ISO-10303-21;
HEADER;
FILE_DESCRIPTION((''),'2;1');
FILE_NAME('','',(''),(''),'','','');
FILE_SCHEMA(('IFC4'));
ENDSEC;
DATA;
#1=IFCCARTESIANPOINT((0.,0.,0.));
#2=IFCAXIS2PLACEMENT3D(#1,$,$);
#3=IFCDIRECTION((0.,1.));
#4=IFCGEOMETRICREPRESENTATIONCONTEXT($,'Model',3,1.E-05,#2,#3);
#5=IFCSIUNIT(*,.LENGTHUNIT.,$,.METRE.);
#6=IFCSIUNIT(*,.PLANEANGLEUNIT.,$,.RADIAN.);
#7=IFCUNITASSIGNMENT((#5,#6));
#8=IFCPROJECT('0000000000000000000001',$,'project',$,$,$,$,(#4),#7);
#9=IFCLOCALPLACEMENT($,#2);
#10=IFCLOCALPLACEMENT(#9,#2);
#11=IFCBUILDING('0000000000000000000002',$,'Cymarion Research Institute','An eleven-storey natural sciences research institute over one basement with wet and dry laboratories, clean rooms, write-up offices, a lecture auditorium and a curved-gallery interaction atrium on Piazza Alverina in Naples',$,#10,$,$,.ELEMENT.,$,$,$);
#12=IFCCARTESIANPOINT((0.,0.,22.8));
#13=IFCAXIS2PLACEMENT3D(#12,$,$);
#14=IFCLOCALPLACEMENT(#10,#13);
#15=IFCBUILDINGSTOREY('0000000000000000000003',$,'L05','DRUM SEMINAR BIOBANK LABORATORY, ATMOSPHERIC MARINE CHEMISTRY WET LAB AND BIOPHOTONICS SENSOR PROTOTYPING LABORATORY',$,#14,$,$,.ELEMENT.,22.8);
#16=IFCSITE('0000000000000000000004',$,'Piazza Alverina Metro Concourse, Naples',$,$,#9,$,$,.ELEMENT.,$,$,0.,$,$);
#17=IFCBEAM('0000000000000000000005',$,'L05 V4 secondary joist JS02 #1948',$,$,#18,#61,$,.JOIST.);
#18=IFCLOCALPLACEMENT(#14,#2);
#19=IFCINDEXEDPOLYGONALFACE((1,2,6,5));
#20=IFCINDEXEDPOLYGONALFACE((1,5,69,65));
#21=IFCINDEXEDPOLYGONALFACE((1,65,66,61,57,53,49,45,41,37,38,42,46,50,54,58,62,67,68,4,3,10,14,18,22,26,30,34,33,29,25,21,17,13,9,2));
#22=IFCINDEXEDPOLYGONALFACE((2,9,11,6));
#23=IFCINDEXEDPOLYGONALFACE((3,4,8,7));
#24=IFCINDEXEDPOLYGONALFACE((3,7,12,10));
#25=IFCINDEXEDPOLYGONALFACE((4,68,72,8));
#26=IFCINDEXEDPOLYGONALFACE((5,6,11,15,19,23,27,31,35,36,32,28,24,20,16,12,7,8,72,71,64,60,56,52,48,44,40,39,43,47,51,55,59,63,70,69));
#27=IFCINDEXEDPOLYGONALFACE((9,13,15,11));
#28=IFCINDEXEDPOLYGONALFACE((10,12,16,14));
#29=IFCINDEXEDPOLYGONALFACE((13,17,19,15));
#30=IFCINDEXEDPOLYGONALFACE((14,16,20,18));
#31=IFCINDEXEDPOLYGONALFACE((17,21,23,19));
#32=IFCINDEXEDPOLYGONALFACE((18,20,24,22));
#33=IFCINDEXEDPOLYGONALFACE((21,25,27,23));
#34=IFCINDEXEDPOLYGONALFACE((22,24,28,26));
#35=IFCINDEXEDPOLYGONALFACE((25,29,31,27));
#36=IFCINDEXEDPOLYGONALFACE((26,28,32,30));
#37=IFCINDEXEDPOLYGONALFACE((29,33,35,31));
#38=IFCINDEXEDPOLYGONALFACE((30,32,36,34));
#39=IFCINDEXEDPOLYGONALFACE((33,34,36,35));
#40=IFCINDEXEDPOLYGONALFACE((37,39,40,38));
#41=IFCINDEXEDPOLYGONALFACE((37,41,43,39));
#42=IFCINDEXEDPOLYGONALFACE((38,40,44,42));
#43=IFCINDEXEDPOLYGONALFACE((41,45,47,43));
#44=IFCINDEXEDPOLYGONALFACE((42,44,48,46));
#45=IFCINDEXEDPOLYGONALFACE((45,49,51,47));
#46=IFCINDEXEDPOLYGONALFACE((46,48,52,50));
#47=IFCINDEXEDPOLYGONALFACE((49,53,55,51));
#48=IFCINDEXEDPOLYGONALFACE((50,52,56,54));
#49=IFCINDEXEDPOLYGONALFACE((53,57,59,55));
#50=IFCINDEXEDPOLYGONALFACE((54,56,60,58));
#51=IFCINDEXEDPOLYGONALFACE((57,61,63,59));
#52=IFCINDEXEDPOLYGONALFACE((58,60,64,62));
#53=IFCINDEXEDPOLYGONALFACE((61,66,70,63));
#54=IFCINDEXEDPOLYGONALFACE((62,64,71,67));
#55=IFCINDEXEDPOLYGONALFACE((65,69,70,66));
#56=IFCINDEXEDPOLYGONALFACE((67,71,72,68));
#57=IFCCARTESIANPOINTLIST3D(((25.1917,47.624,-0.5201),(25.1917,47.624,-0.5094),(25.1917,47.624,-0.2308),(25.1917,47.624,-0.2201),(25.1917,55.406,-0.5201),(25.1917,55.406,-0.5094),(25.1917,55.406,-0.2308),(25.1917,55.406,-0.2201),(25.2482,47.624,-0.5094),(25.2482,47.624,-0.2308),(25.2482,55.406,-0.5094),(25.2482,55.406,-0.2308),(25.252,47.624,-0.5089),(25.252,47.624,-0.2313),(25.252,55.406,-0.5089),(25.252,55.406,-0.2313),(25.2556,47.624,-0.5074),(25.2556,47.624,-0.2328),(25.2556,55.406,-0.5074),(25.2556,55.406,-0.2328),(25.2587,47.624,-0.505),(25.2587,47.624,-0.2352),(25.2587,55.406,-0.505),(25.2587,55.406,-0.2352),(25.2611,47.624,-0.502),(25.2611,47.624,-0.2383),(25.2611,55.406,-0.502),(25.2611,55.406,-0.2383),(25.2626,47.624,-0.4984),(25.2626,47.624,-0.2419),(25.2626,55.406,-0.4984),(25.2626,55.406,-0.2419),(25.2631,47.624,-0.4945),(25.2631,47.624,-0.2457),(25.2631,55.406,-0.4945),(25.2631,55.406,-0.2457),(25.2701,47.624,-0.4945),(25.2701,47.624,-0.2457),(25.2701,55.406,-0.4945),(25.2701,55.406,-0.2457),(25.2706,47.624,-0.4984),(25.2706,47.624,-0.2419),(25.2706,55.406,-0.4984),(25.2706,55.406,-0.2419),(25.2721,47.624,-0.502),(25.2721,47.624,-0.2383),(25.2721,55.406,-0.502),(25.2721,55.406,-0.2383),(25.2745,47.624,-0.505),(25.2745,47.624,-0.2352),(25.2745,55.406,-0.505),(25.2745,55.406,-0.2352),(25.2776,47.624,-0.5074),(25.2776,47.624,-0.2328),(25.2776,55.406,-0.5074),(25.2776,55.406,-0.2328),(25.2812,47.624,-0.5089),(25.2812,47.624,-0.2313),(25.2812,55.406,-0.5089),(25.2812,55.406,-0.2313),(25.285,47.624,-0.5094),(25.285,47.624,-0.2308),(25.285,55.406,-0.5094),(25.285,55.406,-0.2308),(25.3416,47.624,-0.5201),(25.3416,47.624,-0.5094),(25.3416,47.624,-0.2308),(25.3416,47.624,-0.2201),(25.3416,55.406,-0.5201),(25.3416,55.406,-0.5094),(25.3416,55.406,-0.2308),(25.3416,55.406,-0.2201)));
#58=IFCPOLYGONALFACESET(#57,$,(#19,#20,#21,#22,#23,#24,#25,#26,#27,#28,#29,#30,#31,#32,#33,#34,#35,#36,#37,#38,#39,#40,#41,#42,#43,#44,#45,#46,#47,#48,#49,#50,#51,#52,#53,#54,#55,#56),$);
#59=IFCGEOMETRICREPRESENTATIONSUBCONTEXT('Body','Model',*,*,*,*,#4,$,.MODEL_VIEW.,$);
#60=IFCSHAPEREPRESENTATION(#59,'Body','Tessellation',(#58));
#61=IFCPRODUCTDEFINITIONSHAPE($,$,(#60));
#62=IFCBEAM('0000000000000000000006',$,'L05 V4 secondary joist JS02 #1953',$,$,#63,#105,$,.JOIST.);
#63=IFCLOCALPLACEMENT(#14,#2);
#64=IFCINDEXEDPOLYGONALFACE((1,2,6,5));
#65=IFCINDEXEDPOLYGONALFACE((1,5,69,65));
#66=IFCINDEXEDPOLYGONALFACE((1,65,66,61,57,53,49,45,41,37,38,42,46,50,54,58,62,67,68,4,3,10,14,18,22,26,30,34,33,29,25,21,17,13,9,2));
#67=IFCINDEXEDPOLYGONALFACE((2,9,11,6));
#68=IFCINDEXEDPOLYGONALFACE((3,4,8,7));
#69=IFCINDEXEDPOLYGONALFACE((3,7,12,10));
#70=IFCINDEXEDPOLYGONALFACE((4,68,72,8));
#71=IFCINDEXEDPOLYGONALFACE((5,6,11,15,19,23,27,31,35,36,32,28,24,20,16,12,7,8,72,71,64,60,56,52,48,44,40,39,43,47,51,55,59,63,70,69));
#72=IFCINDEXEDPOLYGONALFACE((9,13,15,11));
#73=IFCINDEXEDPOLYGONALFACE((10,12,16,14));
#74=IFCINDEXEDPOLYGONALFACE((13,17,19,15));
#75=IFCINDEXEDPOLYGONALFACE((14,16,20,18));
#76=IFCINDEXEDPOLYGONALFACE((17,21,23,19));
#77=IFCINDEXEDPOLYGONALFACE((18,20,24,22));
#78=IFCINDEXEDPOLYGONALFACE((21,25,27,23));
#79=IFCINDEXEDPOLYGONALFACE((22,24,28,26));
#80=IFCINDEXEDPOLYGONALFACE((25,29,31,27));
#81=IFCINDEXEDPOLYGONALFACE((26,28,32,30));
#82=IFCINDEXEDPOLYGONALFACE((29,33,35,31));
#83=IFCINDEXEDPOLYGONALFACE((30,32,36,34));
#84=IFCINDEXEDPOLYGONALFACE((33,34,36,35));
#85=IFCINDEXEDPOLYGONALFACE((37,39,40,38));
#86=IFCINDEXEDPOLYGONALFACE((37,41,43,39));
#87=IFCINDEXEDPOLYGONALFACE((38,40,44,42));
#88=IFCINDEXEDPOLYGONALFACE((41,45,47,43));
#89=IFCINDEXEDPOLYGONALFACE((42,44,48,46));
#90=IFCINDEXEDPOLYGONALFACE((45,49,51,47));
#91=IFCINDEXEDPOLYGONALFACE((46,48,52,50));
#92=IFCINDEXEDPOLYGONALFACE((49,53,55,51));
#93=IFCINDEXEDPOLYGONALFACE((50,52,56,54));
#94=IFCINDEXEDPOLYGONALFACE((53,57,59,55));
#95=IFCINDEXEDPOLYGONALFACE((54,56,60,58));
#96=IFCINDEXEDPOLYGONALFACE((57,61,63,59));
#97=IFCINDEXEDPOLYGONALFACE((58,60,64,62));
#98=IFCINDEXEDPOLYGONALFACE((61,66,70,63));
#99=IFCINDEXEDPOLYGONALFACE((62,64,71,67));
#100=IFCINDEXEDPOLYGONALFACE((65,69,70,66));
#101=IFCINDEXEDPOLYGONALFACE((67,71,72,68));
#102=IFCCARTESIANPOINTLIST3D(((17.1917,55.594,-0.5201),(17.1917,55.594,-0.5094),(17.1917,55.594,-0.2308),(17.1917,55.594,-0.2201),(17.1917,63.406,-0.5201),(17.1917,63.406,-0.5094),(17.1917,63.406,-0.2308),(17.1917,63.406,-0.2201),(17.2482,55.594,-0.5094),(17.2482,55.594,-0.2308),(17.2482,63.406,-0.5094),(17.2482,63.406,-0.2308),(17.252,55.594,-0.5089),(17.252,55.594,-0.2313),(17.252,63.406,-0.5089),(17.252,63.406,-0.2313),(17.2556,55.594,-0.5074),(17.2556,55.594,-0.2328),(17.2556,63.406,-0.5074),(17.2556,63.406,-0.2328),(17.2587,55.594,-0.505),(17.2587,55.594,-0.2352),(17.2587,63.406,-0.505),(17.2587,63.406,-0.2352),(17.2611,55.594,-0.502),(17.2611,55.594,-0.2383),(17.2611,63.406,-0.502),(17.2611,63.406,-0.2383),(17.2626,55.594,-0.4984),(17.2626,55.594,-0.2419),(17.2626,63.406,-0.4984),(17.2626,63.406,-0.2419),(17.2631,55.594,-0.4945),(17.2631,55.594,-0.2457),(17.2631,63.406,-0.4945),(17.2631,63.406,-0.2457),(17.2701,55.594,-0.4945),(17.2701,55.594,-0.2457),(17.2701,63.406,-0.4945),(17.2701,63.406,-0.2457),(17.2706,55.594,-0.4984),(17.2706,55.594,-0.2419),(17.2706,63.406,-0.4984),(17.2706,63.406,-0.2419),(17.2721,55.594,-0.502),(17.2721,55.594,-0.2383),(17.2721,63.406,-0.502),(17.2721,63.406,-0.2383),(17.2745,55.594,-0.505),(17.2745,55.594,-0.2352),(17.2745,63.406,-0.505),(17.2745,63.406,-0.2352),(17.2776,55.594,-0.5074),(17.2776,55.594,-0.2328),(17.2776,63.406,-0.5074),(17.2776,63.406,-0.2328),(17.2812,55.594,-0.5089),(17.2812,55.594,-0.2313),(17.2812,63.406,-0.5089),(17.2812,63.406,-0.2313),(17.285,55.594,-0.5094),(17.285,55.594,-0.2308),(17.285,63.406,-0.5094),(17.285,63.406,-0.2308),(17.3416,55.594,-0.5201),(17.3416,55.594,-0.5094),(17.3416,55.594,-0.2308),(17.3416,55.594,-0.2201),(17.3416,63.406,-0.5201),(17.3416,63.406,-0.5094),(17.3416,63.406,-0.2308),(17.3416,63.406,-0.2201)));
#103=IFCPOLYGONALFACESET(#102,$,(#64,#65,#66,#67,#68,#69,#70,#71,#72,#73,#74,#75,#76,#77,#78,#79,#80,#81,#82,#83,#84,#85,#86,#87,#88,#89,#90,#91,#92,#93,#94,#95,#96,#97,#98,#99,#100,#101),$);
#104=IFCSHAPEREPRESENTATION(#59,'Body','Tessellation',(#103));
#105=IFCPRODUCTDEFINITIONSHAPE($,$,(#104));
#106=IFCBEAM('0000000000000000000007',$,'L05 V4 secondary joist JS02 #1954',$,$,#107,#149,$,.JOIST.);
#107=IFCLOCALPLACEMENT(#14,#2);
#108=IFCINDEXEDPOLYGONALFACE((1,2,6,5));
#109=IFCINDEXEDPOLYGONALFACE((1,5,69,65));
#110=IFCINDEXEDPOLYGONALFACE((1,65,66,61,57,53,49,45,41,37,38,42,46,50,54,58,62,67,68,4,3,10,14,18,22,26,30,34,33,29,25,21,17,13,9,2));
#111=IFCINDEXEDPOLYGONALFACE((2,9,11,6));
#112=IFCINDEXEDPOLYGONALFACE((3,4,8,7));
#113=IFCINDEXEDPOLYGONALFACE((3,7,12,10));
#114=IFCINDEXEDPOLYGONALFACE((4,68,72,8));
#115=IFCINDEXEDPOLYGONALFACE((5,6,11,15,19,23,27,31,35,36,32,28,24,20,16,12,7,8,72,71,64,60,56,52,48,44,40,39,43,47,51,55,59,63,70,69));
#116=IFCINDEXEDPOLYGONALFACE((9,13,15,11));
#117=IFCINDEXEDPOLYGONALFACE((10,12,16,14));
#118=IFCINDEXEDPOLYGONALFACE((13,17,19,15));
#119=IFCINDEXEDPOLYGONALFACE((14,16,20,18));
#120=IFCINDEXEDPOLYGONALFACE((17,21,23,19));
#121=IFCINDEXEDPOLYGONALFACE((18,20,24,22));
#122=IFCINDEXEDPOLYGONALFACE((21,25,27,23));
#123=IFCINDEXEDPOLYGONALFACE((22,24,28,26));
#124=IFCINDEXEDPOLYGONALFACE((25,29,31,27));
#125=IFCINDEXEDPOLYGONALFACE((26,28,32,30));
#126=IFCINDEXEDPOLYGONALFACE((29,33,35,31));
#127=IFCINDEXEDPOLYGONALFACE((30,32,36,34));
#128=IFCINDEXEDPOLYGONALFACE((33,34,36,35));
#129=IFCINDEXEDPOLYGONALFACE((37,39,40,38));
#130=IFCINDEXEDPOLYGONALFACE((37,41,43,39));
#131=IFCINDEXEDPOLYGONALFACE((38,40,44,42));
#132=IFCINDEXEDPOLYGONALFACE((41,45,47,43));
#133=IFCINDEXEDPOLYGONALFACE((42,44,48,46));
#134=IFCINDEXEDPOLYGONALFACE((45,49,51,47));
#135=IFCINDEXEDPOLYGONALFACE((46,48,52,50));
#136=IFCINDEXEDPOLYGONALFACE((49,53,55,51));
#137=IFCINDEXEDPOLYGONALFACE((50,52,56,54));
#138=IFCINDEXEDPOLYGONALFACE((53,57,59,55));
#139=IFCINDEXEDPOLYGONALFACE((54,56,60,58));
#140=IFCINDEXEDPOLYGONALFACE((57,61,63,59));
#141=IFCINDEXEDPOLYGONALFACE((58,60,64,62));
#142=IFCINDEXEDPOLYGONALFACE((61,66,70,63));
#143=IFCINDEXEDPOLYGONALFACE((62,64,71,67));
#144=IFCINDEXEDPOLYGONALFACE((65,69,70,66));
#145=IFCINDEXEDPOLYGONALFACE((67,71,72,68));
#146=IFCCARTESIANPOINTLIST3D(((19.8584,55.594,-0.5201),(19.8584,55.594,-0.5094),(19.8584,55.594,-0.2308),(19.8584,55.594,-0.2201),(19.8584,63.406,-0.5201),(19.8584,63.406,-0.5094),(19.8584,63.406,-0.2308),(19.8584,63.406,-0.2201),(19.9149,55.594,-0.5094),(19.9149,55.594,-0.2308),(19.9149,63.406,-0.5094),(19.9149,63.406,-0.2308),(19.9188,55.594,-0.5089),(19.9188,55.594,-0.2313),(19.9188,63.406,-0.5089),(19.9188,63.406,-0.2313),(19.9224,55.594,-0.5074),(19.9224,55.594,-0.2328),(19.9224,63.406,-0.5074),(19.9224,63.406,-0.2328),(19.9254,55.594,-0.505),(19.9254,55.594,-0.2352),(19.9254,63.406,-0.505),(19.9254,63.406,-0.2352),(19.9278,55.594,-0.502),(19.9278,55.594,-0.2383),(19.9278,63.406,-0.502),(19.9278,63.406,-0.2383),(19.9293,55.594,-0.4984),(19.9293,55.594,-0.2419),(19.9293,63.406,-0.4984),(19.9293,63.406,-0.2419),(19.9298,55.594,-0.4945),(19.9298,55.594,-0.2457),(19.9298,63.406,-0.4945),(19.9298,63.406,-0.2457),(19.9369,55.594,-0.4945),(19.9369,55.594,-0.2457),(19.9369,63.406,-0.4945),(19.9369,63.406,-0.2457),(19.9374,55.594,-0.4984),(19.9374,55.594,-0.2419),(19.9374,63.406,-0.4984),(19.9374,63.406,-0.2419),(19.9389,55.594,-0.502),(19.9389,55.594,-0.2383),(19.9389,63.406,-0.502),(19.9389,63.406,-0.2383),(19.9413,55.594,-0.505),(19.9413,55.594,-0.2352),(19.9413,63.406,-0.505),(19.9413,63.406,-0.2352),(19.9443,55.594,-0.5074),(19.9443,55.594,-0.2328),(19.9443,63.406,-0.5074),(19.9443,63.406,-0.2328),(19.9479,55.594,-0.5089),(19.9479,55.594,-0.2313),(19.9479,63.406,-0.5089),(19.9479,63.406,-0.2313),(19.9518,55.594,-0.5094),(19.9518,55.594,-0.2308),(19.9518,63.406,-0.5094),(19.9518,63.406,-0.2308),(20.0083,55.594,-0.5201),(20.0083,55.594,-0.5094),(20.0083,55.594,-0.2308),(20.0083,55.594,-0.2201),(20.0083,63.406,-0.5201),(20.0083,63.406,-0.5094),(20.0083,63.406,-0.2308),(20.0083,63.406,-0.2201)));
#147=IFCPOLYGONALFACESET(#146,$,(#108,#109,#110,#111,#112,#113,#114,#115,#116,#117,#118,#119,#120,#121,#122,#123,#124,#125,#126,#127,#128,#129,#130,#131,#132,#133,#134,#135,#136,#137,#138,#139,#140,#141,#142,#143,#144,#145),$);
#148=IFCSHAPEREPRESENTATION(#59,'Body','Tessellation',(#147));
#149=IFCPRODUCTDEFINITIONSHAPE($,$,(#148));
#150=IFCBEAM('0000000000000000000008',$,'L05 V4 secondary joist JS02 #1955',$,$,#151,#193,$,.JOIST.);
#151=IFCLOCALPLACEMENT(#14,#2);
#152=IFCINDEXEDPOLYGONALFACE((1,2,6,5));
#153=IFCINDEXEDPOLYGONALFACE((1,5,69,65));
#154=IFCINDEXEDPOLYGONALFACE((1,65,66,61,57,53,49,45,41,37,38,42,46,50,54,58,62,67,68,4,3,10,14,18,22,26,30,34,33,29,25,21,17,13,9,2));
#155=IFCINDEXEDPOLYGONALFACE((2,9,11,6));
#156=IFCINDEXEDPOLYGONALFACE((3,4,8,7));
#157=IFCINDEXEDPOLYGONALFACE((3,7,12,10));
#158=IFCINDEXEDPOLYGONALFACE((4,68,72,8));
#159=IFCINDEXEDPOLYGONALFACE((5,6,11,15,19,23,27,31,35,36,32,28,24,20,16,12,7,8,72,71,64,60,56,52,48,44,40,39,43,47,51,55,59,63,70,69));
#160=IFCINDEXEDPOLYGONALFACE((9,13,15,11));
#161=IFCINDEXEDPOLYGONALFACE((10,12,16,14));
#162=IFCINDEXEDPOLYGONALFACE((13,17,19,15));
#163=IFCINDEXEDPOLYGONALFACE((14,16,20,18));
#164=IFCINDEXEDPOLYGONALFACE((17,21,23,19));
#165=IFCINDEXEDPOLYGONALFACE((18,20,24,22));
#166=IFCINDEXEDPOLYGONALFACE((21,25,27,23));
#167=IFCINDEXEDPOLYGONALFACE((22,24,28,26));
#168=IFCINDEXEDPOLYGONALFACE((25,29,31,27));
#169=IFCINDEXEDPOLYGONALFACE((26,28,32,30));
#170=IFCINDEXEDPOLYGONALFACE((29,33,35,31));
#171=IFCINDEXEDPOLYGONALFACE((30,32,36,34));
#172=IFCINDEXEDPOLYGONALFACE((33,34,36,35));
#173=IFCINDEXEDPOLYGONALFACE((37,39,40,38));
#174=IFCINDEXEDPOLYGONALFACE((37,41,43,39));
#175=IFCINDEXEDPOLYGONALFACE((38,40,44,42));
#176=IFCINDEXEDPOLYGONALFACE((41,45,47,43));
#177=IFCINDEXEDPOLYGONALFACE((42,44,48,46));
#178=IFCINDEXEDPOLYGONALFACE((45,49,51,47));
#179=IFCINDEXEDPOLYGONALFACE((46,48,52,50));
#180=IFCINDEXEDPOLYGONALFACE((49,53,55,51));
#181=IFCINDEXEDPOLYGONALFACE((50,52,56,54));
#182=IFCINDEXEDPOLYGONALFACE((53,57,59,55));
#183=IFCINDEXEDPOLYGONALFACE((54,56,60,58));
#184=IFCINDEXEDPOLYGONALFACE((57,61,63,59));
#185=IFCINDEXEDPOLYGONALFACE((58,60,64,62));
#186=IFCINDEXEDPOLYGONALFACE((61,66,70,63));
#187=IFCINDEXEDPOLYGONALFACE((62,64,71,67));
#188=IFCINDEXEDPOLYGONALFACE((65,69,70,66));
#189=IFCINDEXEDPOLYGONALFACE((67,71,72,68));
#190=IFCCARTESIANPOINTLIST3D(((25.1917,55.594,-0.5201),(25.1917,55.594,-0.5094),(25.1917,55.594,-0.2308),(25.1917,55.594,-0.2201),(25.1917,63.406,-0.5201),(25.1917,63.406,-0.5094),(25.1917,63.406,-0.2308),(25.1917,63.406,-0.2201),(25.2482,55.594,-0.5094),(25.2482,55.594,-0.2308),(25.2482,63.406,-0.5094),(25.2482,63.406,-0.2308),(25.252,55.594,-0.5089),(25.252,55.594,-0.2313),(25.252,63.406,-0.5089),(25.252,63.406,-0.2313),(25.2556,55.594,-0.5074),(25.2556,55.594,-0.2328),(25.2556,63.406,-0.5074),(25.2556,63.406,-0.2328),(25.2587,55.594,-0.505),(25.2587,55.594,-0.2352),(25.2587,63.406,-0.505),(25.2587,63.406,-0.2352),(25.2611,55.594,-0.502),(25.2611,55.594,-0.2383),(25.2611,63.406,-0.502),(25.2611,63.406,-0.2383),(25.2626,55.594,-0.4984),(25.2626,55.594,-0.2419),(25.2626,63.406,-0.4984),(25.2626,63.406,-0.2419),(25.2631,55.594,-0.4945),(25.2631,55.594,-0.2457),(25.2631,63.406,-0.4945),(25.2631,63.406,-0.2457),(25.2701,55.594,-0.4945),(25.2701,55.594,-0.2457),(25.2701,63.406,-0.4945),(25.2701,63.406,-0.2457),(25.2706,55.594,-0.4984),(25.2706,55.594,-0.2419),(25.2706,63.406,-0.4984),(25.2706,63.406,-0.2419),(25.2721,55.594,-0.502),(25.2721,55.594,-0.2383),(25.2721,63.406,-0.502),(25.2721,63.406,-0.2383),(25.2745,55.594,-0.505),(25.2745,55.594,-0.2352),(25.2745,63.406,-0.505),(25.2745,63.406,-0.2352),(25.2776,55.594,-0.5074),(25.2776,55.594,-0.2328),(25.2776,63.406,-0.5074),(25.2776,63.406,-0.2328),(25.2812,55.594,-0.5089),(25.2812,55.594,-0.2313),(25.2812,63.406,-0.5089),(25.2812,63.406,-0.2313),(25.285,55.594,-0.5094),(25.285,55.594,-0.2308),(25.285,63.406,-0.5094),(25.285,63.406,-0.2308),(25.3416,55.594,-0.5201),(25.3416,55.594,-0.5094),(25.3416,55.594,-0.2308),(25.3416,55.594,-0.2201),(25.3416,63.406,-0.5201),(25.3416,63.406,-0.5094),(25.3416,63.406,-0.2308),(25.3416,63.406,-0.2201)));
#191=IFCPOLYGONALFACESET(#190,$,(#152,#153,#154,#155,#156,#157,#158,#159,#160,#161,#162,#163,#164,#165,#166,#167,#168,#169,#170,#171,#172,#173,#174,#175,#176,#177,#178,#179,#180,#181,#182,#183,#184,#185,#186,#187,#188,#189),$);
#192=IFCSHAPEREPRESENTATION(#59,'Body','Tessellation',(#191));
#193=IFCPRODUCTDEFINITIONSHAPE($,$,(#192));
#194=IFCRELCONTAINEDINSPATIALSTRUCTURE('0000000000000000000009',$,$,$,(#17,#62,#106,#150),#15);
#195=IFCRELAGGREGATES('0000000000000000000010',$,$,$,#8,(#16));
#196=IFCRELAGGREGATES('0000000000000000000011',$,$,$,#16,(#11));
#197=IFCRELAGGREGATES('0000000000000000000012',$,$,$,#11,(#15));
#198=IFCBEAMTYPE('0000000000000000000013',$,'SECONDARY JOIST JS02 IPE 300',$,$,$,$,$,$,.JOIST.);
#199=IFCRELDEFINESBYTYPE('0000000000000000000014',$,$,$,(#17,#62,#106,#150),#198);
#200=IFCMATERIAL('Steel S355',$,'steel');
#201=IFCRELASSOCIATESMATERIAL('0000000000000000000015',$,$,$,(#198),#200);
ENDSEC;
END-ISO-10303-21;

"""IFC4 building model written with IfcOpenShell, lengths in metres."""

from ifc_helpers import new_model, si_unit, direction, frame, origin, origin_2d, place, context, subcontext, project, spatial, i_section, extrude, material, material_profile, profile_set, type_object, element, save


model = new_model("IFC4")

# Units and contexts
model_context = context("Model", 3, precision=1e-05, world=origin(), true_north=direction((0.0, 1.0)))
body_context = subcontext(model_context, "Body", "Model", "MODEL_VIEW")
ifc_project = project(units=[si_unit("LENGTHUNIT", "METRE"), si_unit("PLANEANGLEUNIT", "RADIAN")], contexts=[model_context])

# Site, building, storey
site_placement = place(None, origin())
site = spatial("IfcSite", under=ifc_project, at=site_placement, Name="Piazza Alverina Metro Concourse, Naples", CompositionType="ELEMENT", RefElevation=0.0)
building_placement = place(site_placement, origin())
building = spatial("IfcBuilding", under=site, at=building_placement, Name="Cymarion Research Institute", Description="An eleven-storey natural sciences research institute over one basement with wet and dry laboratories, clean rooms, write-up offices, a lecture auditorium and a curved-gallery interaction atrium on Piazza Alverina in Naples", CompositionType="ELEMENT")
storey_placement = place(building_placement, frame((0.0, 0.0, 22.8)))
storey = spatial("IfcBuildingStorey", under=building, at=storey_placement, Name="L05", Description="DRUM SEMINAR BIOBANK LABORATORY, ATMOSPHERIC MARINE CHEMISTRY WET LAB AND BIOPHOTONICS SENSOR PROTOTYPING LABORATORY", CompositionType="ELEMENT", Elevation=22.8)

# Shared definitions
ifc_material_1 = material(Name="Steel S355", Category="steel")

# Beams
ifc_material_profile_1 = material_profile(ifc_material_1, i_section(OverallWidth=0.1499, OverallDepth=0.3, WebThickness=0.0071, FlangeThickness=0.0107, FilletRadius=0.0149, at=origin_2d()), Name="IPE 300")
ifc_profile_set_1 = profile_set([ifc_material_profile_1], Name="Steel S355")
beam_type_1 = type_object("IfcBeamType", Name="SECONDARY JOIST JS02 IPE 300", PredefinedType="JOIST", material=ifc_profile_set_1)
for number, where, z_axis, x_axis, name in (
    (1, (25.2666, 47.624, -0.3701), (0.0, 1.0, 0.0), (-1.0, 0.0, 0.0), "L05 V4 secondary joist JS02 #1948"),
):
    element("IfcBeam", number, at=place(storey_placement, frame(where, z_axis=z_axis, x_axis=x_axis)), inside=storey, type_object=beam_type_1, Name=name, PredefinedType="JOIST", context=body_context, shape_type="SweptSolid", body=[
        extrude(i_section(OverallWidth=0.1499, OverallDepth=0.3, WebThickness=0.0071, FlangeThickness=0.0107, FilletRadius=0.0149, at=origin_2d()), origin(), (0.0, 0.0, 1.0), 7.782),
    ])
for number, where, z_axis, x_axis, name in (
    (2, (17.2666, 55.594, -0.3701), (0.0, 1.0, 0.0), (-1.0, 0.0, 0.0), "L05 V4 secondary joist JS02 #1953"),
    (3, (19.9333, 55.594, -0.3701), (0.0, 1.0, 0.0), (-1.0, 0.0, 0.0), "L05 V4 secondary joist JS02 #1954"),
    (4, (25.2666, 55.594, -0.3701), (0.0, 1.0, 0.0), (-1.0, 0.0, 0.0), "L05 V4 secondary joist JS02 #1955"),
):
    element("IfcBeam", number, at=place(storey_placement, frame(where, z_axis=z_axis, x_axis=x_axis)), inside=storey, type_object=beam_type_1, Name=name, PredefinedType="JOIST", context=body_context, shape_type="SweptSolid", body=[
        extrude(i_section(OverallWidth=0.1499, OverallDepth=0.3, WebThickness=0.0071, FlangeThickness=0.0107, FilletRadius=0.0149, at=origin_2d()), origin(), (0.0, 0.0, 1.0), 7.812),
    ])

save(model, "model.ifc")
